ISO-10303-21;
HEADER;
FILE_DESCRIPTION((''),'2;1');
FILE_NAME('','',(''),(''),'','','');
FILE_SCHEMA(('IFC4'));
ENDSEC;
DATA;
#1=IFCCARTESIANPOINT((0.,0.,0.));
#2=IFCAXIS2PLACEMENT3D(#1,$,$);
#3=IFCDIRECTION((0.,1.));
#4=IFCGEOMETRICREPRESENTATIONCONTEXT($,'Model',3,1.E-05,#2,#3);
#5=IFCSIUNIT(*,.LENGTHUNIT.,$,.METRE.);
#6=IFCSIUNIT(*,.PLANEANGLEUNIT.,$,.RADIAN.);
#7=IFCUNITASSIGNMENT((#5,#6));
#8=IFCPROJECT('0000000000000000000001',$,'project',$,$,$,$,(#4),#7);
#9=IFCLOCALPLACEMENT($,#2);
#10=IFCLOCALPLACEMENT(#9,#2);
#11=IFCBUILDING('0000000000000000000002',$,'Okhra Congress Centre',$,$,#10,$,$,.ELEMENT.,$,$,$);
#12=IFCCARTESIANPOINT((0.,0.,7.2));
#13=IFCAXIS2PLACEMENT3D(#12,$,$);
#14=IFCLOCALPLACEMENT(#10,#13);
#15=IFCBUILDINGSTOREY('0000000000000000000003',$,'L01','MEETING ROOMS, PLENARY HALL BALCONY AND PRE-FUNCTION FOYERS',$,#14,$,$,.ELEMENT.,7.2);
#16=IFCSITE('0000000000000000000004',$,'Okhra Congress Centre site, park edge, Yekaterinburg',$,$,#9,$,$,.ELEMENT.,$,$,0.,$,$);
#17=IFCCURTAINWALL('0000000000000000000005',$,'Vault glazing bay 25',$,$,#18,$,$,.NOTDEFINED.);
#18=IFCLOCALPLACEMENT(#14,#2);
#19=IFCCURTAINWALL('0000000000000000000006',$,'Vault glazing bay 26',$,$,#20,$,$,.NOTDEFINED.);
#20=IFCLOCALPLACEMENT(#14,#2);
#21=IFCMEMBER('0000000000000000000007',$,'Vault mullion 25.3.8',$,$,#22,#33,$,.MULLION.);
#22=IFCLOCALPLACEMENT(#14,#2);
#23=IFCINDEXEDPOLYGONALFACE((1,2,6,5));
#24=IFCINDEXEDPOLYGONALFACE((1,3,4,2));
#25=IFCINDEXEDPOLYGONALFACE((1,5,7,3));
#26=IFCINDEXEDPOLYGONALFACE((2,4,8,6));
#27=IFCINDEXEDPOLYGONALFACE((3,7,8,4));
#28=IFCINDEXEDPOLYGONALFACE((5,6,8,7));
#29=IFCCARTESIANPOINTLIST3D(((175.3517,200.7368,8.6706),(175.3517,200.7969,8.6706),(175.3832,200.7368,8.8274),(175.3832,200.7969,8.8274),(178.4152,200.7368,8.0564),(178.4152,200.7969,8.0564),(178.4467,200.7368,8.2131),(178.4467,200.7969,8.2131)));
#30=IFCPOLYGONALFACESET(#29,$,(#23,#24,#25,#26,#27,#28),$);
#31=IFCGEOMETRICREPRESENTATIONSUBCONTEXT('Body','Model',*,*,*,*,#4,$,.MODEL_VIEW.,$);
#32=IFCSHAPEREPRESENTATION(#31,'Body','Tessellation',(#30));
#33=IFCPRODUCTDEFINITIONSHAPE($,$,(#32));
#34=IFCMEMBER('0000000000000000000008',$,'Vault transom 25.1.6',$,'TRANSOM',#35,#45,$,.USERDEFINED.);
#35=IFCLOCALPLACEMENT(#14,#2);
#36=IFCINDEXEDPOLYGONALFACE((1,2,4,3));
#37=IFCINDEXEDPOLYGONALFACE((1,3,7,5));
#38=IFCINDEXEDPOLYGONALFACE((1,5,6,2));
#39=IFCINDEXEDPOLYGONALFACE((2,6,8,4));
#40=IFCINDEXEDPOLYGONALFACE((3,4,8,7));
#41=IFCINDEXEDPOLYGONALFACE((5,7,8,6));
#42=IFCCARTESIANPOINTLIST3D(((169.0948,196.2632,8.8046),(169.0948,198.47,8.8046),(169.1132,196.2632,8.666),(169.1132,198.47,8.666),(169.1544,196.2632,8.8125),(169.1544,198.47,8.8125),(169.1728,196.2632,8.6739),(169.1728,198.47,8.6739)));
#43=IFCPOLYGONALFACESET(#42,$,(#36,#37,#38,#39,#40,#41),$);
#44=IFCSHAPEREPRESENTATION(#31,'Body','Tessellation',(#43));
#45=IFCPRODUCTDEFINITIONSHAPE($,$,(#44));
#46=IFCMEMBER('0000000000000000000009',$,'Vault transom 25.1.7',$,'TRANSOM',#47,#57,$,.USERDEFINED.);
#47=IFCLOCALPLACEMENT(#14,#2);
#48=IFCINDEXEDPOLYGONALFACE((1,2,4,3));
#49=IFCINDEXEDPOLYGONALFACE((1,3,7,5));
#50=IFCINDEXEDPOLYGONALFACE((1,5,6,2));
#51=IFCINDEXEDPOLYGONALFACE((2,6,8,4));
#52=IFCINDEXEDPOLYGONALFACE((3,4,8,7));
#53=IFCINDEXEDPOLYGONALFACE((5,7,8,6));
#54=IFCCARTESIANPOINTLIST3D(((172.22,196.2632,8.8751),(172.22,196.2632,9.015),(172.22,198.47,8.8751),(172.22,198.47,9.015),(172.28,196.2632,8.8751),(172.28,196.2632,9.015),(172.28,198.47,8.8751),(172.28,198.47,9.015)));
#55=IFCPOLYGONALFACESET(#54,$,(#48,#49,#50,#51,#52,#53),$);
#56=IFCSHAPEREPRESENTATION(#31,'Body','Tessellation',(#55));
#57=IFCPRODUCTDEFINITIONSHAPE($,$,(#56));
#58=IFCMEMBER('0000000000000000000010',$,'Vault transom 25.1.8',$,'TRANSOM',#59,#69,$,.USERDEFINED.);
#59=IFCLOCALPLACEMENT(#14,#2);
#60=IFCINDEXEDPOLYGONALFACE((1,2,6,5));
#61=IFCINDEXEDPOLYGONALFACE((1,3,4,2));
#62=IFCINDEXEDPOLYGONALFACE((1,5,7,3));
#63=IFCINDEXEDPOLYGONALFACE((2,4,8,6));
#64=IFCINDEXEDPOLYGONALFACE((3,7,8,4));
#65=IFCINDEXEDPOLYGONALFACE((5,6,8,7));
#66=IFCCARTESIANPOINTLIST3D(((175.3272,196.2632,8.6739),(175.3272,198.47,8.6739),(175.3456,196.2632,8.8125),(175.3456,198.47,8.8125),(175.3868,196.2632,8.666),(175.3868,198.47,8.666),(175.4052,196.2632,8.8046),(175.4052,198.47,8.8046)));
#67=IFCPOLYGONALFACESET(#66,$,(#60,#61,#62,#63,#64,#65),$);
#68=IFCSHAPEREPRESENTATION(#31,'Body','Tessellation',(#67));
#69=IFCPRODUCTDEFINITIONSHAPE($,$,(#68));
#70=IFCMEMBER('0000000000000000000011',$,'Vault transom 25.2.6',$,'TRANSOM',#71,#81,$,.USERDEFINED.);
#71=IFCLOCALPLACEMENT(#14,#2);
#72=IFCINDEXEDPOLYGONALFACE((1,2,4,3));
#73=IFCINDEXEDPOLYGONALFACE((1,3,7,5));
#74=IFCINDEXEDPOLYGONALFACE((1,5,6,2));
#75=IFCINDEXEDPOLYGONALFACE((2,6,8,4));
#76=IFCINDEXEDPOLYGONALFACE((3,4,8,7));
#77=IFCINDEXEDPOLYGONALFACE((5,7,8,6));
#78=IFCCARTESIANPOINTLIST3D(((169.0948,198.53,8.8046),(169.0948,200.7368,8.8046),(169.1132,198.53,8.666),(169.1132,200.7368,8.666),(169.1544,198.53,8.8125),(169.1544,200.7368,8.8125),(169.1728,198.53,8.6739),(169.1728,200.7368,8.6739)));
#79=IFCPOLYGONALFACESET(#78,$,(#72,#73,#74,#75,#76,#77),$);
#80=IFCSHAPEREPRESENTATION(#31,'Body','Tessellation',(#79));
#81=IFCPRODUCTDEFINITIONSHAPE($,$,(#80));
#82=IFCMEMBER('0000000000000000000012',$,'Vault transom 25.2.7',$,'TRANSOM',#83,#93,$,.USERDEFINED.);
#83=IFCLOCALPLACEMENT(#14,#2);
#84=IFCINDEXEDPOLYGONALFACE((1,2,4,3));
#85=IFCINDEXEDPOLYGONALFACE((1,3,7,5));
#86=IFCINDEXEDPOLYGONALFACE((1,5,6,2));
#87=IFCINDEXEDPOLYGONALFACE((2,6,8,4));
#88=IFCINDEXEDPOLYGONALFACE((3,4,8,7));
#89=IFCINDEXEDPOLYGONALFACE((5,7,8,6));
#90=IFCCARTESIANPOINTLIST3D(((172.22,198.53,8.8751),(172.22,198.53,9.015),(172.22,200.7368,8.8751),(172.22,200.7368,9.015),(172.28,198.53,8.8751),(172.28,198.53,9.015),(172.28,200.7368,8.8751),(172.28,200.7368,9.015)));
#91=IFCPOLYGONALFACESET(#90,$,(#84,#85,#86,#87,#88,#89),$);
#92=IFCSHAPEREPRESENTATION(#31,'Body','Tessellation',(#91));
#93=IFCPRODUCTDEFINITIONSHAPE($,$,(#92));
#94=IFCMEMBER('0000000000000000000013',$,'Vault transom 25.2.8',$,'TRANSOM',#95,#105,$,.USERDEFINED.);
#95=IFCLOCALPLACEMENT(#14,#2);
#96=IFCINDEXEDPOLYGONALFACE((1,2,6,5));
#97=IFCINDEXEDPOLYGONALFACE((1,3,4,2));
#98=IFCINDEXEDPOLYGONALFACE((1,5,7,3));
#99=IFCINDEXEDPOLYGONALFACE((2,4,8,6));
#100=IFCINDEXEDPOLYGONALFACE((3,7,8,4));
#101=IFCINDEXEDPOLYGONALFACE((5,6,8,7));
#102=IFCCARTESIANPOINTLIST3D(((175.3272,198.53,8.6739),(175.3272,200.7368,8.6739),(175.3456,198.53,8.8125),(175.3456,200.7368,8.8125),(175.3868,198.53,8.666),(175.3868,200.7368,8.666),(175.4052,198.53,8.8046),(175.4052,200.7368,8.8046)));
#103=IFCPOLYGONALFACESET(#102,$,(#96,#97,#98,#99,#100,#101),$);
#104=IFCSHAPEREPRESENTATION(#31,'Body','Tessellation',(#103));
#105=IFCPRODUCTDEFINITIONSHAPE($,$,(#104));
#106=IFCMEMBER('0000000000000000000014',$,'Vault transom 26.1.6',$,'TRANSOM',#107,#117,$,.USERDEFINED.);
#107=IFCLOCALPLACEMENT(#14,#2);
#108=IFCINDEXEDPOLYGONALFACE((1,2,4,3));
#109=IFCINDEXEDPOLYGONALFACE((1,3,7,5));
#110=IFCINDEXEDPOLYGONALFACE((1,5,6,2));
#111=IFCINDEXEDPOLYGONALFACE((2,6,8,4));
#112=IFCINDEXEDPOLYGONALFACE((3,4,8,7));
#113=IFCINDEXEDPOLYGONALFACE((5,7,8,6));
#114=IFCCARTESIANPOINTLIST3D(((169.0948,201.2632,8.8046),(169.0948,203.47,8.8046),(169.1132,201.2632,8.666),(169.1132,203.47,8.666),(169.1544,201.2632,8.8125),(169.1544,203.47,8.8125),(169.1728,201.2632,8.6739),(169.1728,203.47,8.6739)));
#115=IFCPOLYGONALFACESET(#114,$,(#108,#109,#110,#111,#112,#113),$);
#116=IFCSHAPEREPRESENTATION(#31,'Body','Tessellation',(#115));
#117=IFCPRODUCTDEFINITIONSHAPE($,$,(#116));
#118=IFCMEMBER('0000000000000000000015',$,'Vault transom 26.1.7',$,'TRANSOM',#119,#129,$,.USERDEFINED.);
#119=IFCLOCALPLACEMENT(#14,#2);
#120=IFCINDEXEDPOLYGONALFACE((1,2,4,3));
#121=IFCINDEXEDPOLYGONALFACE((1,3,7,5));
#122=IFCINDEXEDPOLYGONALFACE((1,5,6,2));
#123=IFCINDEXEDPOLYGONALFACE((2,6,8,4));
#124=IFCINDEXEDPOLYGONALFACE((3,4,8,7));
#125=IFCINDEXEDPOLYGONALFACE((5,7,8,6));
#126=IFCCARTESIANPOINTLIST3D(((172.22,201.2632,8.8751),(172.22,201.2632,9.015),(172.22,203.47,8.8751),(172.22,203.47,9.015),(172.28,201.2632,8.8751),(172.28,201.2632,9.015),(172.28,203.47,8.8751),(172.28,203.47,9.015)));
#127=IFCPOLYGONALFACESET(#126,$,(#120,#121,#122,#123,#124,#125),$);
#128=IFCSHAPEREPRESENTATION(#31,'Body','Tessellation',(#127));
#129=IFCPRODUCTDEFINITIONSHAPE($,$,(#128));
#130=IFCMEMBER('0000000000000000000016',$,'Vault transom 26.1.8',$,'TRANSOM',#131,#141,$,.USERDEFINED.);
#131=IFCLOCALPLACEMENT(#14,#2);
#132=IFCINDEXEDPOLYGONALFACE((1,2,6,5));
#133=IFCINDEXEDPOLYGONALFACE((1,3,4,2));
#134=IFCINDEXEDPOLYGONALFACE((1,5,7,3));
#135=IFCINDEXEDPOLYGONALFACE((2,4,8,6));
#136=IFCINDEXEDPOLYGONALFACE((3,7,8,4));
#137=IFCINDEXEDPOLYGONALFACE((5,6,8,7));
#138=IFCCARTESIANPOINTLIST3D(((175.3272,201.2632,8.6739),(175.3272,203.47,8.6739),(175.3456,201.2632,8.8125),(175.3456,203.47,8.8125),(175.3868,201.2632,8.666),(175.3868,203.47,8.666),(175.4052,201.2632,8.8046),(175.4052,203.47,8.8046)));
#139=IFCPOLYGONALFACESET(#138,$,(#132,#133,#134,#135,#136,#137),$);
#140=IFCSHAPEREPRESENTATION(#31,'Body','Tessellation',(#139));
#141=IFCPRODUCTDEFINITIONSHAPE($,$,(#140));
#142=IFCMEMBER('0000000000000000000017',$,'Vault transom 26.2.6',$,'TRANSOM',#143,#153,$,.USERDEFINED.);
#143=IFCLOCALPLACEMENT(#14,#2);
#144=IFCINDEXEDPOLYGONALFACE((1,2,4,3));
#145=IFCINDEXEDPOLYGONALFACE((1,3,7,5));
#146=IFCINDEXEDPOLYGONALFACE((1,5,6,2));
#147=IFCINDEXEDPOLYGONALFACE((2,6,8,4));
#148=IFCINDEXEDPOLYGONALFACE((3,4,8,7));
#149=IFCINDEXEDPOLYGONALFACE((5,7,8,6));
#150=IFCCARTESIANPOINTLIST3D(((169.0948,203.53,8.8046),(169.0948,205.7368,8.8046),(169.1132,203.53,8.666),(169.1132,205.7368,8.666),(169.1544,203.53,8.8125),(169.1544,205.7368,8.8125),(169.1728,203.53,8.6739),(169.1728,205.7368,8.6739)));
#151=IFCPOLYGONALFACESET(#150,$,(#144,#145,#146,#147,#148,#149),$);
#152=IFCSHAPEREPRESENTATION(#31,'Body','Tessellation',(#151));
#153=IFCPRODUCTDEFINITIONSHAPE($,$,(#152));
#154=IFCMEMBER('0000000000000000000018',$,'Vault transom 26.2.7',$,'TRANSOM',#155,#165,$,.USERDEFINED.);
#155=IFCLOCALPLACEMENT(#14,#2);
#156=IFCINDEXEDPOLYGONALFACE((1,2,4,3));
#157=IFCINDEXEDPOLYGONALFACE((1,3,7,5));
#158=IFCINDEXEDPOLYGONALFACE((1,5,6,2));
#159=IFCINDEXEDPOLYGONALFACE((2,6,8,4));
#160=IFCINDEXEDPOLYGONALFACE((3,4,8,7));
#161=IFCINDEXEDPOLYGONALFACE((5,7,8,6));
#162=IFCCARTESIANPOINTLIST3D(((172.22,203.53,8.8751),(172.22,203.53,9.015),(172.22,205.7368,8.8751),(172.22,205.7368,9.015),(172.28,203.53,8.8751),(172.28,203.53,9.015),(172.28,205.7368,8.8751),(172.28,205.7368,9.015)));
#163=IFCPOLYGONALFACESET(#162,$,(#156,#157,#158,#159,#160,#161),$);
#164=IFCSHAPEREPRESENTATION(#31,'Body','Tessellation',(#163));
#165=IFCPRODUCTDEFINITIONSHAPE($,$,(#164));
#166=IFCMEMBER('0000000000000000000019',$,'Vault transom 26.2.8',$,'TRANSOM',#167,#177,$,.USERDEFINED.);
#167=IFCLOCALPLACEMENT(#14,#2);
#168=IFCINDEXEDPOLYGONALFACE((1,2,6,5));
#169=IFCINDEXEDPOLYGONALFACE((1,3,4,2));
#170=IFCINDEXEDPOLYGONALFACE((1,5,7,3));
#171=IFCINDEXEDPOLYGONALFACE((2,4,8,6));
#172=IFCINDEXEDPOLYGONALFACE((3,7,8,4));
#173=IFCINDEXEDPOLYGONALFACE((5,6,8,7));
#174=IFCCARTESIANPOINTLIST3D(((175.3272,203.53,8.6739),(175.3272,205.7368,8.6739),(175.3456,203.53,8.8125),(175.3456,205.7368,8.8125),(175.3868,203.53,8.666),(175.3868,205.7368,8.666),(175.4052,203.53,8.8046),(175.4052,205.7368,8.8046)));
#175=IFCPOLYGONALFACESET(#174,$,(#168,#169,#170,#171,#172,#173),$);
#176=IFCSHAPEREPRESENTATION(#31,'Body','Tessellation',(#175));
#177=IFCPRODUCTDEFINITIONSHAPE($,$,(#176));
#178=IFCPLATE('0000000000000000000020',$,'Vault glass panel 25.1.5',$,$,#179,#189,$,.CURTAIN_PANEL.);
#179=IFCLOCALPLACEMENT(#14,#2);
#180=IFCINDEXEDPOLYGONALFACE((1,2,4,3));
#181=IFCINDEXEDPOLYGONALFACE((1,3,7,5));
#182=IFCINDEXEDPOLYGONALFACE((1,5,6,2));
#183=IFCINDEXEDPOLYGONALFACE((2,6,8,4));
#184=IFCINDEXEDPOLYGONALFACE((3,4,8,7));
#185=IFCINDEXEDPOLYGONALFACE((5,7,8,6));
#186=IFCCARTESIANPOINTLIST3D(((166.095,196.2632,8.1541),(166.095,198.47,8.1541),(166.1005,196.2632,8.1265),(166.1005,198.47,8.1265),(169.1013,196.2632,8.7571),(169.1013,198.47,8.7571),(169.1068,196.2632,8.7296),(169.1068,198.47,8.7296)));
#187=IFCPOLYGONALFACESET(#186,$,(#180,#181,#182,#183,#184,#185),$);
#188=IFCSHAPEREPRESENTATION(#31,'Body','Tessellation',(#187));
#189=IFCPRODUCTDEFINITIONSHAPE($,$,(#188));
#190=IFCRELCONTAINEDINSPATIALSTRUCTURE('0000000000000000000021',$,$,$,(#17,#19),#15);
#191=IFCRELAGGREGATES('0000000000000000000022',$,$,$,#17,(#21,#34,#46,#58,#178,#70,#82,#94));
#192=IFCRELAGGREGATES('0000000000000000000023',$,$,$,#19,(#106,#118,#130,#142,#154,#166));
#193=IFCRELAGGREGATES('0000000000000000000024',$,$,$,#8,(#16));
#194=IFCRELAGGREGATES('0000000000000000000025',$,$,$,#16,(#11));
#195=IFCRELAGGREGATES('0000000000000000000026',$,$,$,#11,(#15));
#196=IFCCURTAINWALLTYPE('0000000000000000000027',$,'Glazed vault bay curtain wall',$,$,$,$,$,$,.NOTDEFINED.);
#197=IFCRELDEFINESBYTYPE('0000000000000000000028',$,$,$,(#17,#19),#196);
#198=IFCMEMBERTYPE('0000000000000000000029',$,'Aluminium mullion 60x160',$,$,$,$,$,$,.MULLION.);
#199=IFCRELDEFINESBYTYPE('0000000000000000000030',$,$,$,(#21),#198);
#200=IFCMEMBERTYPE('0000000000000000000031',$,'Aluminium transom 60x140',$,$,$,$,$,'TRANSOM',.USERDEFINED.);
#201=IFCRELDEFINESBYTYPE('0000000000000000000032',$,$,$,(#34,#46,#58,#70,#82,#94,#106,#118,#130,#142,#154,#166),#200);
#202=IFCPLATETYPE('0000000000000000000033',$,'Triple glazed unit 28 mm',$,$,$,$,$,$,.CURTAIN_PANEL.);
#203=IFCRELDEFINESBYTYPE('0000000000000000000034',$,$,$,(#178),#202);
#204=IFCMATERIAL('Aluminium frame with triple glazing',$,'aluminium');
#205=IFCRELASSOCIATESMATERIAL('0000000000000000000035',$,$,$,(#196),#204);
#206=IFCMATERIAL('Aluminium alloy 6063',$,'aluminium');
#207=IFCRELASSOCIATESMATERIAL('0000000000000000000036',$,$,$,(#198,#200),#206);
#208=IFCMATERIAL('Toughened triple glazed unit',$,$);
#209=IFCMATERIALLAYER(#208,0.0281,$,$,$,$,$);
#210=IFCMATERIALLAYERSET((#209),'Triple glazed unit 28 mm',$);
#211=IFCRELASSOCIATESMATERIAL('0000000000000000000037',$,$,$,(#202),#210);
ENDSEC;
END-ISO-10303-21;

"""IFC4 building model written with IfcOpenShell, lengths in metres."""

from ifc_helpers import new_model, si_unit, direction, frame, origin, origin_2d, place, context, subcontext, project, spatial, polyline, rectangle, outline, extrude, material, layer, layer_set, material_profile, profile_set, type_object, element, aggregate, save


model = new_model("IFC4")

# Units and contexts
model_context = context("Model", 3, precision=1e-05, world=origin(), true_north=direction((0.0, 1.0)))
body_context = subcontext(model_context, "Body", "Model", "MODEL_VIEW")
ifc_project = project(units=[si_unit("LENGTHUNIT", "METRE"), si_unit("PLANEANGLEUNIT", "RADIAN")], contexts=[model_context])

# Site, building, storey
site_placement = place(None, origin())
site = spatial("IfcSite", under=ifc_project, at=site_placement, Name="Okhra Congress Centre site, park edge, Yekaterinburg", CompositionType="ELEMENT", RefElevation=0.0)
building_placement = place(site_placement, origin())
building = spatial("IfcBuilding", under=site, at=building_placement, Name="Okhra Congress Centre", CompositionType="ELEMENT")
storey_placement = place(building_placement, frame((0.0, 0.0, 7.2)))
storey = spatial("IfcBuildingStorey", under=building, at=storey_placement, Name="L01", Description="MEETING ROOMS, PLENARY HALL BALCONY AND PRE-FUNCTION FOYERS", CompositionType="ELEMENT", Elevation=7.2)

# Curtain walls
ifc_material_1 = material(Name="Aluminium frame with triple glazing", Category="aluminium")
curtain_wall_type = type_object("IfcCurtainWallType", Name="Glazed vault bay curtain wall", PredefinedType="NOTDEFINED", material=ifc_material_1)
ifc_material_2 = material(Name="Aluminium alloy 6063", Category="aluminium")
curtain_wall_1_placement = place(storey_placement, origin())
curtain_wall_1 = element("IfcCurtainWall", 1, at=curtain_wall_1_placement, inside=storey, type_object=curtain_wall_type, Name="Vault glazing bay 25", PredefinedType="NOTDEFINED")
curtain_wall_2_placement = place(storey_placement, origin())
curtain_wall_2 = element("IfcCurtainWall", 2, at=curtain_wall_2_placement, inside=storey, type_object=curtain_wall_type, Name="Vault glazing bay 26", PredefinedType="NOTDEFINED")

# Members
ifc_material_profile_1 = material_profile(ifc_material_2, rectangle(XDim=0.0601, YDim=0.1599, at=origin_2d()), Name="AL 60x160")
ifc_profile_set_1 = profile_set([ifc_material_profile_1], Name="Aluminium alloy 6063")
member_type_1 = type_object("IfcMemberType", Name="Aluminium mullion 60x160", PredefinedType="MULLION", material=ifc_profile_set_1)
member_1_placement = place(storey_placement, frame((175.3674, 200.7668, 8.749), z_axis=(0.980484, 0.0, -0.196597), x_axis=(0.0, 1.0, 0.0)))
member_1 = element("IfcMember", 3, at=member_1_placement, type_object=member_type_1, Name="Vault mullion 25.3.8", PredefinedType="MULLION", context=body_context, shape_type="SweptSolid", body=[
    extrude(rectangle(XDim=0.0601, YDim=0.1599, at=origin_2d()), origin(), (0.0, 0.0, 1.0), 3.1245),
])
ifc_material_profile_2 = material_profile(ifc_material_2, rectangle(XDim=0.0601, YDim=0.1399, at=origin_2d()), Name="AL 60x140 transom")
ifc_profile_set_2 = profile_set([ifc_material_profile_2], Name="Aluminium alloy 6063")
member_type_2 = type_object("IfcMemberType", Name="Aluminium transom 60x140", ElementType="TRANSOM", PredefinedType="USERDEFINED", material=ifc_profile_set_2)
member_2_placement = place(storey_placement, frame((169.1338, 196.2632, 8.7393), z_axis=(0.0, 1.0, 0.0), x_axis=(-0.991307, 0.0, -0.131568)))
member_2 = element("IfcMember", 4, at=member_2_placement, type_object=member_type_2, Name="Vault transom 25.1.6", ObjectType="TRANSOM", PredefinedType="USERDEFINED", context=body_context, shape_type="SweptSolid", body=[
    extrude(rectangle(XDim=0.0601, YDim=0.1399, at=origin_2d()), origin(), (0.0, 0.0, 1.0), 2.2068),
])
member_3_placement = place(storey_placement, frame((172.25, 196.2632, 8.9451), z_axis=(0.0, 1.0, 0.0), x_axis=(-1.0, 0.0, 0.0)))
member_3 = element("IfcMember", 5, at=member_3_placement, type_object=member_type_2, Name="Vault transom 25.1.7", ObjectType="TRANSOM", PredefinedType="USERDEFINED", context=body_context, shape_type="SweptSolid", body=[
    extrude(rectangle(XDim=0.0601, YDim=0.1399, at=origin_2d()), origin(), (0.0, 0.0, 1.0), 2.2068),
])
member_4_placement = place(storey_placement, frame((175.3662, 196.2632, 8.7393), z_axis=(0.0, 1.0, 0.0), x_axis=(-0.991307, 0.0, 0.131568)))
member_4 = element("IfcMember", 6, at=member_4_placement, type_object=member_type_2, Name="Vault transom 25.1.8", ObjectType="TRANSOM", PredefinedType="USERDEFINED", context=body_context, shape_type="SweptSolid", body=[
    extrude(rectangle(XDim=0.0601, YDim=0.1399, at=origin_2d()), origin(), (0.0, 0.0, 1.0), 2.2068),
])
member_5_placement = place(storey_placement, frame((169.1338, 198.53, 8.7393), z_axis=(0.0, 1.0, 0.0), x_axis=(-0.991307, 0.0, -0.131568)))
member_5 = element("IfcMember", 7, at=member_5_placement, type_object=member_type_2, Name="Vault transom 25.2.6", ObjectType="TRANSOM", PredefinedType="USERDEFINED", context=body_context, shape_type="SweptSolid", body=[
    extrude(rectangle(XDim=0.0601, YDim=0.1399, at=origin_2d()), origin(), (0.0, 0.0, 1.0), 2.2068),
])
member_6_placement = place(storey_placement, frame((172.25, 198.53, 8.9451), z_axis=(0.0, 1.0, 0.0), x_axis=(-1.0, 0.0, 0.0)))
member_6 = element("IfcMember", 8, at=member_6_placement, type_object=member_type_2, Name="Vault transom 25.2.7", ObjectType="TRANSOM", PredefinedType="USERDEFINED", context=body_context, shape_type="SweptSolid", body=[
    extrude(rectangle(XDim=0.0601, YDim=0.1399, at=origin_2d()), origin(), (0.0, 0.0, 1.0), 2.2068),
])
member_7_placement = place(storey_placement, frame((175.3662, 198.53, 8.7393), z_axis=(0.0, 1.0, 0.0), x_axis=(-0.991307, 0.0, 0.131568)))
member_7 = element("IfcMember", 9, at=member_7_placement, type_object=member_type_2, Name="Vault transom 25.2.8", ObjectType="TRANSOM", PredefinedType="USERDEFINED", context=body_context, shape_type="SweptSolid", body=[
    extrude(rectangle(XDim=0.0601, YDim=0.1399, at=origin_2d()), origin(), (0.0, 0.0, 1.0), 2.2068),
])
member_8_placement = place(storey_placement, frame((169.1338, 201.2632, 8.7393), z_axis=(0.0, 1.0, 0.0), x_axis=(-0.991307, 0.0, -0.131568)))
member_8 = element("IfcMember", 10, at=member_8_placement, type_object=member_type_2, Name="Vault transom 26.1.6", ObjectType="TRANSOM", PredefinedType="USERDEFINED", context=body_context, shape_type="SweptSolid", body=[
    extrude(rectangle(XDim=0.0601, YDim=0.1399, at=origin_2d()), origin(), (0.0, 0.0, 1.0), 2.2068),
])
member_9_placement = place(storey_placement, frame((172.25, 201.2632, 8.9451), z_axis=(0.0, 1.0, 0.0), x_axis=(-1.0, 0.0, 0.0)))
member_9 = element("IfcMember", 11, at=member_9_placement, type_object=member_type_2, Name="Vault transom 26.1.7", ObjectType="TRANSOM", PredefinedType="USERDEFINED", context=body_context, shape_type="SweptSolid", body=[
    extrude(rectangle(XDim=0.0601, YDim=0.1399, at=origin_2d()), origin(), (0.0, 0.0, 1.0), 2.2068),
])
member_10_placement = place(storey_placement, frame((175.3662, 201.2632, 8.7393), z_axis=(0.0, 1.0, 0.0), x_axis=(-0.991307, 0.0, 0.131568)))
member_10 = element("IfcMember", 12, at=member_10_placement, type_object=member_type_2, Name="Vault transom 26.1.8", ObjectType="TRANSOM", PredefinedType="USERDEFINED", context=body_context, shape_type="SweptSolid", body=[
    extrude(rectangle(XDim=0.0601, YDim=0.1399, at=origin_2d()), origin(), (0.0, 0.0, 1.0), 2.2068),
])
member_11_placement = place(storey_placement, frame((169.1338, 203.53, 8.7393), z_axis=(0.0, 1.0, 0.0), x_axis=(-0.991307, 0.0, -0.131568)))
member_11 = element("IfcMember", 13, at=member_11_placement, type_object=member_type_2, Name="Vault transom 26.2.6", ObjectType="TRANSOM", PredefinedType="USERDEFINED", context=body_context, shape_type="SweptSolid", body=[
    extrude(rectangle(XDim=0.0601, YDim=0.1399, at=origin_2d()), origin(), (0.0, 0.0, 1.0), 2.2068),
])
member_12_placement = place(storey_placement, frame((172.25, 203.53, 8.9451), z_axis=(0.0, 1.0, 0.0), x_axis=(-1.0, 0.0, 0.0)))
member_12 = element("IfcMember", 14, at=member_12_placement, type_object=member_type_2, Name="Vault transom 26.2.7", ObjectType="TRANSOM", PredefinedType="USERDEFINED", context=body_context, shape_type="SweptSolid", body=[
    extrude(rectangle(XDim=0.0601, YDim=0.1399, at=origin_2d()), origin(), (0.0, 0.0, 1.0), 2.2068),
])
member_13_placement = place(storey_placement, frame((175.3662, 203.53, 8.7393), z_axis=(0.0, 1.0, 0.0), x_axis=(-0.991307, 0.0, 0.131568)))
member_13 = element("IfcMember", 15, at=member_13_placement, type_object=member_type_2, Name="Vault transom 26.2.8", ObjectType="TRANSOM", PredefinedType="USERDEFINED", context=body_context, shape_type="SweptSolid", body=[
    extrude(rectangle(XDim=0.0601, YDim=0.1399, at=origin_2d()), origin(), (0.0, 0.0, 1.0), 2.2068),
])

# Plate
ifc_material_3 = material(Name="Toughened triple glazed unit")
ifc_layer = layer(ifc_material_3, 0.0281)
ifc_layer_set = layer_set([ifc_layer], Name="Triple glazed unit 28 mm")
plate_type = type_object("IfcPlateType", Name="Triple glazed unit 28 mm", PredefinedType="CURTAIN_PANEL", material=ifc_layer_set)
plate_1_placement = place(storey_placement, frame((166.095, 196.2632, 8.1541), z_axis=(-0.196667, 0.0, 0.98047), x_axis=(0.98047, 0.0, 0.196667)))
plate_1 = element("IfcPlate", 16, at=plate_1_placement, type_object=plate_type, Name="Vault glass panel 25.1.5", PredefinedType="CURTAIN_PANEL", context=body_context, shape_type="SweptSolid", body=[
    extrude(outline(polyline([(0.0, 0.0), (3.0662, 0.0), (3.0662, 2.2068), (0.0, 2.2068), (0.0, 0.0)])), origin(), (0.0, 0.0, -1.0), 0.0281),
])
aggregate(curtain_wall_1, [member_1, member_2, member_3, member_4, plate_1, member_5, member_6, member_7])
aggregate(curtain_wall_2, [member_8, member_9, member_10, member_11, member_12, member_13])

save(model, "model.ifc")
